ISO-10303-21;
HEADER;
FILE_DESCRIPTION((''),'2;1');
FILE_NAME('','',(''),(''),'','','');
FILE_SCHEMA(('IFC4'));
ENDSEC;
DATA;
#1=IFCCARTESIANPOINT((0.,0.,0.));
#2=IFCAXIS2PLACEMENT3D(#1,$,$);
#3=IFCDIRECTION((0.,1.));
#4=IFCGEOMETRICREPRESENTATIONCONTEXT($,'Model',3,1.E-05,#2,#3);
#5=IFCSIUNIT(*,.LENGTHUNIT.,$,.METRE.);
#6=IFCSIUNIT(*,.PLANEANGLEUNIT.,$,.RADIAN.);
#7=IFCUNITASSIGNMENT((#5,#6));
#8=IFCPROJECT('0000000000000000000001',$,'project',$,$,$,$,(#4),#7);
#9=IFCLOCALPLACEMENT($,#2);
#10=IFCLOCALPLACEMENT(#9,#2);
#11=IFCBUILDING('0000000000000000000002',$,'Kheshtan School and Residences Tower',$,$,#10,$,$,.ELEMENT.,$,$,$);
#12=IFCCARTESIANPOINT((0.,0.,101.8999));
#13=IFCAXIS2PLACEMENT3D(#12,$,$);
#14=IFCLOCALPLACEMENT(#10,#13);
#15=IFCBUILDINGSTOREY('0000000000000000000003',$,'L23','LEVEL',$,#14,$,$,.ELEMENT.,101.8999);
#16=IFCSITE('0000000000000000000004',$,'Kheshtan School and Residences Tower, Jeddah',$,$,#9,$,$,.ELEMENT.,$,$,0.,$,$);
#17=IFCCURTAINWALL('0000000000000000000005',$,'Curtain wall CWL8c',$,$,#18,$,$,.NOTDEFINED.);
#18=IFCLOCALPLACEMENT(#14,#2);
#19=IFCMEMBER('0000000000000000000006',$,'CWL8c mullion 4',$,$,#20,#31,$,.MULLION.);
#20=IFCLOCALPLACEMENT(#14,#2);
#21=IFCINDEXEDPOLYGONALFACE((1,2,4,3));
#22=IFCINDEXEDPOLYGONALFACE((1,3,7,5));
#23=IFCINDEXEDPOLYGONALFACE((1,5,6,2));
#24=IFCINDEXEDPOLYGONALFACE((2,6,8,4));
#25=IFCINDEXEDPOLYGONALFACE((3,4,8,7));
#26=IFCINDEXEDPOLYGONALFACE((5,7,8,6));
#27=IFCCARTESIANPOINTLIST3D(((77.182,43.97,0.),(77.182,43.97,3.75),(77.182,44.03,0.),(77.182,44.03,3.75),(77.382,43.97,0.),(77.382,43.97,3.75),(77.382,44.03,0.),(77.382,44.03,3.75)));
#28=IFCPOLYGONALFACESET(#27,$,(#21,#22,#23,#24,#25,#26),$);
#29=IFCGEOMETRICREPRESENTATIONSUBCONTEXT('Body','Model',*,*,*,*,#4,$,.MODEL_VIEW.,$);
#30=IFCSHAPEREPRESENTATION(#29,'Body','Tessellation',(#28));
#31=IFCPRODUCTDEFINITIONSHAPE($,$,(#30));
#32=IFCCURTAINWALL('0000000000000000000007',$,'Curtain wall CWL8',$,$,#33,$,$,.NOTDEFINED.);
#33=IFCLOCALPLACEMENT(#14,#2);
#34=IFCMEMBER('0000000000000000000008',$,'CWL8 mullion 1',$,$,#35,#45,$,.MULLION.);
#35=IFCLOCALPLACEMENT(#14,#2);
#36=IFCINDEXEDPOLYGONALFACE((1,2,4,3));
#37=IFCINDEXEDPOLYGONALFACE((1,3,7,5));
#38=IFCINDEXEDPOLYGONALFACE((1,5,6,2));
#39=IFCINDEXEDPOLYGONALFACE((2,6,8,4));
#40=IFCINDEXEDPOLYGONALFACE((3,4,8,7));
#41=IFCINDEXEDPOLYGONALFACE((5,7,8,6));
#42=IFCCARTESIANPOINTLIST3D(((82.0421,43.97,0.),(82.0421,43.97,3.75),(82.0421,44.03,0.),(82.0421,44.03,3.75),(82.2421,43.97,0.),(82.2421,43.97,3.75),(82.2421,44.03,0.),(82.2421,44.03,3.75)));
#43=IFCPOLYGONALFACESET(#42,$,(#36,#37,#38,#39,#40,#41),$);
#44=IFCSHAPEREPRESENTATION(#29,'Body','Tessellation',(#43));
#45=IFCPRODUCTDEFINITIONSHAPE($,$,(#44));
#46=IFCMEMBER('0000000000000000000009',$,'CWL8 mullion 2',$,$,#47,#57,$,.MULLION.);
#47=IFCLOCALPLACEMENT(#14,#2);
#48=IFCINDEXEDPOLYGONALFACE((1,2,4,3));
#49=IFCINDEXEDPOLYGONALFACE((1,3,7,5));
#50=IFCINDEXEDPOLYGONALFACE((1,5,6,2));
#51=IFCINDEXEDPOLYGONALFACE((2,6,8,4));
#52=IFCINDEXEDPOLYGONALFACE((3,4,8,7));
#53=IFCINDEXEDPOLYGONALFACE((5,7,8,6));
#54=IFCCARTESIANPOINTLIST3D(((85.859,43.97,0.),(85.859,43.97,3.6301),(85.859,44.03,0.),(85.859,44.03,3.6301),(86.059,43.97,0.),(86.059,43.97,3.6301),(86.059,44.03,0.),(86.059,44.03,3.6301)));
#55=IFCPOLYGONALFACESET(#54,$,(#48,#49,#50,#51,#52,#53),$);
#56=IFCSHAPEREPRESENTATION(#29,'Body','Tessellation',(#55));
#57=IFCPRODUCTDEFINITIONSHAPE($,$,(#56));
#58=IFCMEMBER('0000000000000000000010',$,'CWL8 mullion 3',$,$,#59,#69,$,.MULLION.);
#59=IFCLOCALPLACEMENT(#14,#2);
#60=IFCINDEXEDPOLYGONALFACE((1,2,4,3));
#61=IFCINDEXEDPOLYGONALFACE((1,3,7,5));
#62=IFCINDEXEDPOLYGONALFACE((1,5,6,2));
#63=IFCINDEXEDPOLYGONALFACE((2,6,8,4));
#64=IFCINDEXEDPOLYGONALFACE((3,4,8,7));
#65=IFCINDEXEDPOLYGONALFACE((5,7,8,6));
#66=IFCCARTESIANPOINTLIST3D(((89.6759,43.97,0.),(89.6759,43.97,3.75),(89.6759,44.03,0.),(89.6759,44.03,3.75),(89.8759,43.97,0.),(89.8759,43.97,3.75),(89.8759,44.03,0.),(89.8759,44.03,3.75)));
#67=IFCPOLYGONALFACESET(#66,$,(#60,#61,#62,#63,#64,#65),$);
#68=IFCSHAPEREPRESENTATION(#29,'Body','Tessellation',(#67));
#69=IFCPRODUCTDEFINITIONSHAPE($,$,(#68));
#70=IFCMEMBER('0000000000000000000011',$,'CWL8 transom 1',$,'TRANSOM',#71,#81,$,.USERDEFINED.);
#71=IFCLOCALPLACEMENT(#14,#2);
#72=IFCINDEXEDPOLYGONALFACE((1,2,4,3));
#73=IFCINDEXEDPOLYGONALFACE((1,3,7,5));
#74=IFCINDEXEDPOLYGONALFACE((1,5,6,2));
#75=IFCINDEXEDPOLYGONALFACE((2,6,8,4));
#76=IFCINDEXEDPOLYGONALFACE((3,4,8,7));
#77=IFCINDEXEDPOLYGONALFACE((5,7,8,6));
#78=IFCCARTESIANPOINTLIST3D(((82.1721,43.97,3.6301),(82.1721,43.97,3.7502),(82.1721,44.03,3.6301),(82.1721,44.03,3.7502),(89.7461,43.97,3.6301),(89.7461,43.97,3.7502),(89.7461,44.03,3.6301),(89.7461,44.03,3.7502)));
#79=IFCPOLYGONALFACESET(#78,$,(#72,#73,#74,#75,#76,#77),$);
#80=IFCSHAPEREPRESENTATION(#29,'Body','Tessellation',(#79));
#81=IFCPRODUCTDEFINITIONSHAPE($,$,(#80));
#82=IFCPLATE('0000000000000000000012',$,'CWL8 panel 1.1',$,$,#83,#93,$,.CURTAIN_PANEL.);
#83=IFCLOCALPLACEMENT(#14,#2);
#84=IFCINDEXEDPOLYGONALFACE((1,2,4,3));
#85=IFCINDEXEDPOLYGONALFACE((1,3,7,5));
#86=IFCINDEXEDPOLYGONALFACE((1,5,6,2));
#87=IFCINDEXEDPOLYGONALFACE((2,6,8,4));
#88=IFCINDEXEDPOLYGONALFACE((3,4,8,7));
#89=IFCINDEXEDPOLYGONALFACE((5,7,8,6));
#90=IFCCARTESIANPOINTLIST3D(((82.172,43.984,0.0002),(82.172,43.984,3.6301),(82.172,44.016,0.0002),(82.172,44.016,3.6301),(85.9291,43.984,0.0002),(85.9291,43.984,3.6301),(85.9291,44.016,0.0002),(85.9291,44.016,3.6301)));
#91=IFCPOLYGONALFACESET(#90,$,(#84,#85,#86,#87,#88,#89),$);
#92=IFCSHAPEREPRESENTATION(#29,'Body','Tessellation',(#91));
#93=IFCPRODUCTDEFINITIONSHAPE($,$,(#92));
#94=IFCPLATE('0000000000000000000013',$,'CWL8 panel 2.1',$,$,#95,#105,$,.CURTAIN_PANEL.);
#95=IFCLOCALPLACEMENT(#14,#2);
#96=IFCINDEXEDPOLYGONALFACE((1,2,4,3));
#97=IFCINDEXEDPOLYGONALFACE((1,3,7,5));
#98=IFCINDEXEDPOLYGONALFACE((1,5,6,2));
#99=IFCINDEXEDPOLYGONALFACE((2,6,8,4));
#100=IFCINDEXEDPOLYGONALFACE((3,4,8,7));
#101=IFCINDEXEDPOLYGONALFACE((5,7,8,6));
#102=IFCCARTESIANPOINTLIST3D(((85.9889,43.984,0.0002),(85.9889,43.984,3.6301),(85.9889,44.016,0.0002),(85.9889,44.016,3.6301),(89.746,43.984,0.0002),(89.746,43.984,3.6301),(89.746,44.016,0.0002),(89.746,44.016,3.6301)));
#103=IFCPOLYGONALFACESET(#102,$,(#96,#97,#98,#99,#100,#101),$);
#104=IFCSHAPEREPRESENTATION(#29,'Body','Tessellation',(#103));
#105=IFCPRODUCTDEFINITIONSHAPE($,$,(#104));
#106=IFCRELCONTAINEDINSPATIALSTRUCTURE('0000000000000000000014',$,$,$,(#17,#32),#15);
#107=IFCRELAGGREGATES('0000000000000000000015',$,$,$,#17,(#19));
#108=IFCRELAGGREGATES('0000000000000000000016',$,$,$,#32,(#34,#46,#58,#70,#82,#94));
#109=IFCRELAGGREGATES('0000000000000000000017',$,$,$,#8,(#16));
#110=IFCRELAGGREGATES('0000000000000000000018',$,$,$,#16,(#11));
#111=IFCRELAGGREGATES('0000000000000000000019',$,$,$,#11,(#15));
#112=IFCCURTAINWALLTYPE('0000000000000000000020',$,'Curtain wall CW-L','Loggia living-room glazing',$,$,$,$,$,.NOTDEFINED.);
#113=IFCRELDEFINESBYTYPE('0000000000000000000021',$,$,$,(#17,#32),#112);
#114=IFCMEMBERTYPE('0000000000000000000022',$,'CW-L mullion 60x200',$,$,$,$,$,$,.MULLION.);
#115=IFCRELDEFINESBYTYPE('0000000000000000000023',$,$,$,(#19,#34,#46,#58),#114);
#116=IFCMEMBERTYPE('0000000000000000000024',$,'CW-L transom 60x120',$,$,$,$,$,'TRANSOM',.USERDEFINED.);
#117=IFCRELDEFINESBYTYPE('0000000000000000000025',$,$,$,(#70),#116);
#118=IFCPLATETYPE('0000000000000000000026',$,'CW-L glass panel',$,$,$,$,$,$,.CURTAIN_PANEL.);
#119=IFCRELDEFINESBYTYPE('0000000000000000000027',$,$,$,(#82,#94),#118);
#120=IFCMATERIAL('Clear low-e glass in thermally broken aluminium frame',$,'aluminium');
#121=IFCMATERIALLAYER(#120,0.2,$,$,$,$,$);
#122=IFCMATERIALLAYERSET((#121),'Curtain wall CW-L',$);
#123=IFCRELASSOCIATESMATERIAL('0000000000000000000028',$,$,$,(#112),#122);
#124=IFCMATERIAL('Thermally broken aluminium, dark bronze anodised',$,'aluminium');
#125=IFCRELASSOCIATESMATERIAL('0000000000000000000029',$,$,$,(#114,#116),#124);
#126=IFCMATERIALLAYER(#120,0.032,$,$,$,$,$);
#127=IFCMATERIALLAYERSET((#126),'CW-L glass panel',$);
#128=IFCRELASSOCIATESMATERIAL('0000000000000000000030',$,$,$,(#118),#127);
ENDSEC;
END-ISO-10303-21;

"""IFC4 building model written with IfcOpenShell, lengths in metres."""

from ifc_helpers import new_model, si_unit, direction, frame, origin, origin_2d, place, context, subcontext, project, spatial, rectangle, extrude, material, layer, layer_set, material_profile, profile_set, type_object, element, aggregate, save


model = new_model("IFC4")

# Units and contexts
model_context = context("Model", 3, precision=1e-05, world=origin(), true_north=direction((0.0, 1.0)))
body_context = subcontext(model_context, "Body", "Model", "MODEL_VIEW")
ifc_project = project(units=[si_unit("LENGTHUNIT", "METRE"), si_unit("PLANEANGLEUNIT", "RADIAN")], contexts=[model_context])

# Site, building, storey
site_placement = place(None, origin())
site = spatial("IfcSite", under=ifc_project, at=site_placement, Name="Kheshtan School and Residences Tower, Jeddah", CompositionType="ELEMENT", RefElevation=0.0)
building_placement = place(site_placement, origin())
building = spatial("IfcBuilding", under=site, at=building_placement, Name="Kheshtan School and Residences Tower", CompositionType="ELEMENT")
storey_placement = place(building_placement, frame((0.0, 0.0, 101.8999)))
storey = spatial("IfcBuildingStorey", under=building, at=storey_placement, Name="L23", Description="LEVEL", CompositionType="ELEMENT", Elevation=101.8999)

# Curtain wall, member
ifc_material_1 = material(Name="Clear low-e glass in thermally broken aluminium frame", Category="aluminium")
ifc_layer_1 = layer(ifc_material_1, 0.2)
ifc_layer_set_1 = layer_set([ifc_layer_1], Name="Curtain wall CW-L")
curtain_wall_type = type_object("IfcCurtainWallType", Name="Curtain wall CW-L", Description="Loggia living-room glazing", PredefinedType="NOTDEFINED", material=ifc_layer_set_1)
curtain_wall_1_placement = place(storey_placement, origin())
curtain_wall_1 = element("IfcCurtainWall", 1, at=curtain_wall_1_placement, inside=storey, type_object=curtain_wall_type, Name="Curtain wall CWL8c", PredefinedType="NOTDEFINED")
ifc_material_2 = material(Name="Thermally broken aluminium, dark bronze anodised", Category="aluminium")
ifc_material_profile_1 = material_profile(ifc_material_2, rectangle(XDim=0.0601, YDim=0.2, at=origin_2d()), Name="CW-L mullion 60x200")
ifc_profile_set_1 = profile_set([ifc_material_profile_1], Name="Thermally broken aluminium, dark bronze anodised")
member_type_1 = type_object("IfcMemberType", Name="CW-L mullion 60x200", PredefinedType="MULLION", material=ifc_profile_set_1)
member_1_placement = place(storey_placement, frame((77.282, 44.0, 0.0), z_axis=(0.0, 0.0, 1.0), x_axis=(0.0, 1.0, 0.0)))
member_1 = element("IfcMember", 2, at=member_1_placement, type_object=member_type_1, Name="CWL8c mullion 4", PredefinedType="MULLION", context=body_context, shape_type="SweptSolid", body=[
    extrude(rectangle(XDim=0.0601, YDim=0.2, at=origin_2d()), origin(), (0.0, 0.0, 1.0), 3.75),
])
aggregate(curtain_wall_1, [member_1])

# Curtain wall, members, plates
curtain_wall_2_placement = place(storey_placement, origin())
curtain_wall_2 = element("IfcCurtainWall", 3, at=curtain_wall_2_placement, inside=storey, type_object=curtain_wall_type, Name="Curtain wall CWL8", PredefinedType="NOTDEFINED")
member_2_placement = place(storey_placement, frame((82.1421, 44.0, 0.0), z_axis=(0.0, 0.0, 1.0), x_axis=(0.0, 1.0, 0.0)))
member_2 = element("IfcMember", 4, at=member_2_placement, type_object=member_type_1, Name="CWL8 mullion 1", PredefinedType="MULLION", context=body_context, shape_type="SweptSolid", body=[
    extrude(rectangle(XDim=0.0601, YDim=0.2, at=origin_2d()), origin(), (0.0, 0.0, 1.0), 3.75),
])
member_3_placement = place(storey_placement, frame((85.959, 44.0, 0.0), z_axis=(0.0, 0.0, 1.0), x_axis=(0.0, 1.0, 0.0)))
member_3 = element("IfcMember", 5, at=member_3_placement, type_object=member_type_1, Name="CWL8 mullion 2", PredefinedType="MULLION", context=body_context, shape_type="SweptSolid", body=[
    extrude(rectangle(XDim=0.0601, YDim=0.2, at=origin_2d()), origin(), (0.0, 0.0, 1.0), 3.6301),
])
member_4_placement = place(storey_placement, frame((89.7759, 44.0, 0.0), z_axis=(0.0, 0.0, 1.0), x_axis=(0.0, 1.0, 0.0)))
member_4 = element("IfcMember", 6, at=member_4_placement, type_object=member_type_1, Name="CWL8 mullion 3", PredefinedType="MULLION", context=body_context, shape_type="SweptSolid", body=[
    extrude(rectangle(XDim=0.0601, YDim=0.2, at=origin_2d()), origin(), (0.0, 0.0, 1.0), 3.75),
])
ifc_material_profile_2 = material_profile(ifc_material_2, rectangle(XDim=0.0601, YDim=0.1201, at=origin_2d()), Name="CW-L transom 60x120")
ifc_profile_set_2 = profile_set([ifc_material_profile_2], Name="Thermally broken aluminium, dark bronze anodised")
member_type_2 = type_object("IfcMemberType", Name="CW-L transom 60x120", ElementType="TRANSOM", PredefinedType="USERDEFINED", material=ifc_profile_set_2)
member_5_placement = place(storey_placement, frame((82.1721, 44.0, 3.6902), z_axis=(1.0, 0.0, 0.0), x_axis=(0.0, 1.0, 0.0)))
member_5 = element("IfcMember", 7, at=member_5_placement, type_object=member_type_2, Name="CWL8 transom 1", ObjectType="TRANSOM", PredefinedType="USERDEFINED", context=body_context, shape_type="SweptSolid", body=[
    extrude(rectangle(XDim=0.0601, YDim=0.1201, at=origin_2d()), origin(), (0.0, 0.0, 1.0), 7.574),
])
ifc_layer_2 = layer(ifc_material_1, 0.032)
ifc_layer_set_2 = layer_set([ifc_layer_2], Name="CW-L glass panel")
plate_type = type_object("IfcPlateType", Name="CW-L glass panel", PredefinedType="CURTAIN_PANEL", material=ifc_layer_set_2)
plate_1_placement = place(storey_placement, frame((84.0505, 44.0, 0.0002), z_axis=(0.0, 0.0, 1.0), x_axis=(1.0, 0.0, 0.0)))
plate_1 = element("IfcPlate", 8, at=plate_1_placement, type_object=plate_type, Name="CWL8 panel 1.1", PredefinedType="CURTAIN_PANEL", context=body_context, shape_type="SweptSolid", body=[
    extrude(rectangle(XDim=3.7571, YDim=0.032, at=origin_2d()), origin(), (0.0, 0.0, 1.0), 3.6299),
])
plate_2_placement = place(storey_placement, frame((87.8674, 44.0, 0.0002), z_axis=(0.0, 0.0, 1.0), x_axis=(1.0, 0.0, 0.0)))
plate_2 = element("IfcPlate", 9, at=plate_2_placement, type_object=plate_type, Name="CWL8 panel 2.1", PredefinedType="CURTAIN_PANEL", context=body_context, shape_type="SweptSolid", body=[
    extrude(rectangle(XDim=3.7571, YDim=0.032, at=origin_2d()), origin(), (0.0, 0.0, 1.0), 3.6299),
])
aggregate(curtain_wall_2, [member_2, member_3, member_4, member_5, plate_1, plate_2])

save(model, "model.ifc")
